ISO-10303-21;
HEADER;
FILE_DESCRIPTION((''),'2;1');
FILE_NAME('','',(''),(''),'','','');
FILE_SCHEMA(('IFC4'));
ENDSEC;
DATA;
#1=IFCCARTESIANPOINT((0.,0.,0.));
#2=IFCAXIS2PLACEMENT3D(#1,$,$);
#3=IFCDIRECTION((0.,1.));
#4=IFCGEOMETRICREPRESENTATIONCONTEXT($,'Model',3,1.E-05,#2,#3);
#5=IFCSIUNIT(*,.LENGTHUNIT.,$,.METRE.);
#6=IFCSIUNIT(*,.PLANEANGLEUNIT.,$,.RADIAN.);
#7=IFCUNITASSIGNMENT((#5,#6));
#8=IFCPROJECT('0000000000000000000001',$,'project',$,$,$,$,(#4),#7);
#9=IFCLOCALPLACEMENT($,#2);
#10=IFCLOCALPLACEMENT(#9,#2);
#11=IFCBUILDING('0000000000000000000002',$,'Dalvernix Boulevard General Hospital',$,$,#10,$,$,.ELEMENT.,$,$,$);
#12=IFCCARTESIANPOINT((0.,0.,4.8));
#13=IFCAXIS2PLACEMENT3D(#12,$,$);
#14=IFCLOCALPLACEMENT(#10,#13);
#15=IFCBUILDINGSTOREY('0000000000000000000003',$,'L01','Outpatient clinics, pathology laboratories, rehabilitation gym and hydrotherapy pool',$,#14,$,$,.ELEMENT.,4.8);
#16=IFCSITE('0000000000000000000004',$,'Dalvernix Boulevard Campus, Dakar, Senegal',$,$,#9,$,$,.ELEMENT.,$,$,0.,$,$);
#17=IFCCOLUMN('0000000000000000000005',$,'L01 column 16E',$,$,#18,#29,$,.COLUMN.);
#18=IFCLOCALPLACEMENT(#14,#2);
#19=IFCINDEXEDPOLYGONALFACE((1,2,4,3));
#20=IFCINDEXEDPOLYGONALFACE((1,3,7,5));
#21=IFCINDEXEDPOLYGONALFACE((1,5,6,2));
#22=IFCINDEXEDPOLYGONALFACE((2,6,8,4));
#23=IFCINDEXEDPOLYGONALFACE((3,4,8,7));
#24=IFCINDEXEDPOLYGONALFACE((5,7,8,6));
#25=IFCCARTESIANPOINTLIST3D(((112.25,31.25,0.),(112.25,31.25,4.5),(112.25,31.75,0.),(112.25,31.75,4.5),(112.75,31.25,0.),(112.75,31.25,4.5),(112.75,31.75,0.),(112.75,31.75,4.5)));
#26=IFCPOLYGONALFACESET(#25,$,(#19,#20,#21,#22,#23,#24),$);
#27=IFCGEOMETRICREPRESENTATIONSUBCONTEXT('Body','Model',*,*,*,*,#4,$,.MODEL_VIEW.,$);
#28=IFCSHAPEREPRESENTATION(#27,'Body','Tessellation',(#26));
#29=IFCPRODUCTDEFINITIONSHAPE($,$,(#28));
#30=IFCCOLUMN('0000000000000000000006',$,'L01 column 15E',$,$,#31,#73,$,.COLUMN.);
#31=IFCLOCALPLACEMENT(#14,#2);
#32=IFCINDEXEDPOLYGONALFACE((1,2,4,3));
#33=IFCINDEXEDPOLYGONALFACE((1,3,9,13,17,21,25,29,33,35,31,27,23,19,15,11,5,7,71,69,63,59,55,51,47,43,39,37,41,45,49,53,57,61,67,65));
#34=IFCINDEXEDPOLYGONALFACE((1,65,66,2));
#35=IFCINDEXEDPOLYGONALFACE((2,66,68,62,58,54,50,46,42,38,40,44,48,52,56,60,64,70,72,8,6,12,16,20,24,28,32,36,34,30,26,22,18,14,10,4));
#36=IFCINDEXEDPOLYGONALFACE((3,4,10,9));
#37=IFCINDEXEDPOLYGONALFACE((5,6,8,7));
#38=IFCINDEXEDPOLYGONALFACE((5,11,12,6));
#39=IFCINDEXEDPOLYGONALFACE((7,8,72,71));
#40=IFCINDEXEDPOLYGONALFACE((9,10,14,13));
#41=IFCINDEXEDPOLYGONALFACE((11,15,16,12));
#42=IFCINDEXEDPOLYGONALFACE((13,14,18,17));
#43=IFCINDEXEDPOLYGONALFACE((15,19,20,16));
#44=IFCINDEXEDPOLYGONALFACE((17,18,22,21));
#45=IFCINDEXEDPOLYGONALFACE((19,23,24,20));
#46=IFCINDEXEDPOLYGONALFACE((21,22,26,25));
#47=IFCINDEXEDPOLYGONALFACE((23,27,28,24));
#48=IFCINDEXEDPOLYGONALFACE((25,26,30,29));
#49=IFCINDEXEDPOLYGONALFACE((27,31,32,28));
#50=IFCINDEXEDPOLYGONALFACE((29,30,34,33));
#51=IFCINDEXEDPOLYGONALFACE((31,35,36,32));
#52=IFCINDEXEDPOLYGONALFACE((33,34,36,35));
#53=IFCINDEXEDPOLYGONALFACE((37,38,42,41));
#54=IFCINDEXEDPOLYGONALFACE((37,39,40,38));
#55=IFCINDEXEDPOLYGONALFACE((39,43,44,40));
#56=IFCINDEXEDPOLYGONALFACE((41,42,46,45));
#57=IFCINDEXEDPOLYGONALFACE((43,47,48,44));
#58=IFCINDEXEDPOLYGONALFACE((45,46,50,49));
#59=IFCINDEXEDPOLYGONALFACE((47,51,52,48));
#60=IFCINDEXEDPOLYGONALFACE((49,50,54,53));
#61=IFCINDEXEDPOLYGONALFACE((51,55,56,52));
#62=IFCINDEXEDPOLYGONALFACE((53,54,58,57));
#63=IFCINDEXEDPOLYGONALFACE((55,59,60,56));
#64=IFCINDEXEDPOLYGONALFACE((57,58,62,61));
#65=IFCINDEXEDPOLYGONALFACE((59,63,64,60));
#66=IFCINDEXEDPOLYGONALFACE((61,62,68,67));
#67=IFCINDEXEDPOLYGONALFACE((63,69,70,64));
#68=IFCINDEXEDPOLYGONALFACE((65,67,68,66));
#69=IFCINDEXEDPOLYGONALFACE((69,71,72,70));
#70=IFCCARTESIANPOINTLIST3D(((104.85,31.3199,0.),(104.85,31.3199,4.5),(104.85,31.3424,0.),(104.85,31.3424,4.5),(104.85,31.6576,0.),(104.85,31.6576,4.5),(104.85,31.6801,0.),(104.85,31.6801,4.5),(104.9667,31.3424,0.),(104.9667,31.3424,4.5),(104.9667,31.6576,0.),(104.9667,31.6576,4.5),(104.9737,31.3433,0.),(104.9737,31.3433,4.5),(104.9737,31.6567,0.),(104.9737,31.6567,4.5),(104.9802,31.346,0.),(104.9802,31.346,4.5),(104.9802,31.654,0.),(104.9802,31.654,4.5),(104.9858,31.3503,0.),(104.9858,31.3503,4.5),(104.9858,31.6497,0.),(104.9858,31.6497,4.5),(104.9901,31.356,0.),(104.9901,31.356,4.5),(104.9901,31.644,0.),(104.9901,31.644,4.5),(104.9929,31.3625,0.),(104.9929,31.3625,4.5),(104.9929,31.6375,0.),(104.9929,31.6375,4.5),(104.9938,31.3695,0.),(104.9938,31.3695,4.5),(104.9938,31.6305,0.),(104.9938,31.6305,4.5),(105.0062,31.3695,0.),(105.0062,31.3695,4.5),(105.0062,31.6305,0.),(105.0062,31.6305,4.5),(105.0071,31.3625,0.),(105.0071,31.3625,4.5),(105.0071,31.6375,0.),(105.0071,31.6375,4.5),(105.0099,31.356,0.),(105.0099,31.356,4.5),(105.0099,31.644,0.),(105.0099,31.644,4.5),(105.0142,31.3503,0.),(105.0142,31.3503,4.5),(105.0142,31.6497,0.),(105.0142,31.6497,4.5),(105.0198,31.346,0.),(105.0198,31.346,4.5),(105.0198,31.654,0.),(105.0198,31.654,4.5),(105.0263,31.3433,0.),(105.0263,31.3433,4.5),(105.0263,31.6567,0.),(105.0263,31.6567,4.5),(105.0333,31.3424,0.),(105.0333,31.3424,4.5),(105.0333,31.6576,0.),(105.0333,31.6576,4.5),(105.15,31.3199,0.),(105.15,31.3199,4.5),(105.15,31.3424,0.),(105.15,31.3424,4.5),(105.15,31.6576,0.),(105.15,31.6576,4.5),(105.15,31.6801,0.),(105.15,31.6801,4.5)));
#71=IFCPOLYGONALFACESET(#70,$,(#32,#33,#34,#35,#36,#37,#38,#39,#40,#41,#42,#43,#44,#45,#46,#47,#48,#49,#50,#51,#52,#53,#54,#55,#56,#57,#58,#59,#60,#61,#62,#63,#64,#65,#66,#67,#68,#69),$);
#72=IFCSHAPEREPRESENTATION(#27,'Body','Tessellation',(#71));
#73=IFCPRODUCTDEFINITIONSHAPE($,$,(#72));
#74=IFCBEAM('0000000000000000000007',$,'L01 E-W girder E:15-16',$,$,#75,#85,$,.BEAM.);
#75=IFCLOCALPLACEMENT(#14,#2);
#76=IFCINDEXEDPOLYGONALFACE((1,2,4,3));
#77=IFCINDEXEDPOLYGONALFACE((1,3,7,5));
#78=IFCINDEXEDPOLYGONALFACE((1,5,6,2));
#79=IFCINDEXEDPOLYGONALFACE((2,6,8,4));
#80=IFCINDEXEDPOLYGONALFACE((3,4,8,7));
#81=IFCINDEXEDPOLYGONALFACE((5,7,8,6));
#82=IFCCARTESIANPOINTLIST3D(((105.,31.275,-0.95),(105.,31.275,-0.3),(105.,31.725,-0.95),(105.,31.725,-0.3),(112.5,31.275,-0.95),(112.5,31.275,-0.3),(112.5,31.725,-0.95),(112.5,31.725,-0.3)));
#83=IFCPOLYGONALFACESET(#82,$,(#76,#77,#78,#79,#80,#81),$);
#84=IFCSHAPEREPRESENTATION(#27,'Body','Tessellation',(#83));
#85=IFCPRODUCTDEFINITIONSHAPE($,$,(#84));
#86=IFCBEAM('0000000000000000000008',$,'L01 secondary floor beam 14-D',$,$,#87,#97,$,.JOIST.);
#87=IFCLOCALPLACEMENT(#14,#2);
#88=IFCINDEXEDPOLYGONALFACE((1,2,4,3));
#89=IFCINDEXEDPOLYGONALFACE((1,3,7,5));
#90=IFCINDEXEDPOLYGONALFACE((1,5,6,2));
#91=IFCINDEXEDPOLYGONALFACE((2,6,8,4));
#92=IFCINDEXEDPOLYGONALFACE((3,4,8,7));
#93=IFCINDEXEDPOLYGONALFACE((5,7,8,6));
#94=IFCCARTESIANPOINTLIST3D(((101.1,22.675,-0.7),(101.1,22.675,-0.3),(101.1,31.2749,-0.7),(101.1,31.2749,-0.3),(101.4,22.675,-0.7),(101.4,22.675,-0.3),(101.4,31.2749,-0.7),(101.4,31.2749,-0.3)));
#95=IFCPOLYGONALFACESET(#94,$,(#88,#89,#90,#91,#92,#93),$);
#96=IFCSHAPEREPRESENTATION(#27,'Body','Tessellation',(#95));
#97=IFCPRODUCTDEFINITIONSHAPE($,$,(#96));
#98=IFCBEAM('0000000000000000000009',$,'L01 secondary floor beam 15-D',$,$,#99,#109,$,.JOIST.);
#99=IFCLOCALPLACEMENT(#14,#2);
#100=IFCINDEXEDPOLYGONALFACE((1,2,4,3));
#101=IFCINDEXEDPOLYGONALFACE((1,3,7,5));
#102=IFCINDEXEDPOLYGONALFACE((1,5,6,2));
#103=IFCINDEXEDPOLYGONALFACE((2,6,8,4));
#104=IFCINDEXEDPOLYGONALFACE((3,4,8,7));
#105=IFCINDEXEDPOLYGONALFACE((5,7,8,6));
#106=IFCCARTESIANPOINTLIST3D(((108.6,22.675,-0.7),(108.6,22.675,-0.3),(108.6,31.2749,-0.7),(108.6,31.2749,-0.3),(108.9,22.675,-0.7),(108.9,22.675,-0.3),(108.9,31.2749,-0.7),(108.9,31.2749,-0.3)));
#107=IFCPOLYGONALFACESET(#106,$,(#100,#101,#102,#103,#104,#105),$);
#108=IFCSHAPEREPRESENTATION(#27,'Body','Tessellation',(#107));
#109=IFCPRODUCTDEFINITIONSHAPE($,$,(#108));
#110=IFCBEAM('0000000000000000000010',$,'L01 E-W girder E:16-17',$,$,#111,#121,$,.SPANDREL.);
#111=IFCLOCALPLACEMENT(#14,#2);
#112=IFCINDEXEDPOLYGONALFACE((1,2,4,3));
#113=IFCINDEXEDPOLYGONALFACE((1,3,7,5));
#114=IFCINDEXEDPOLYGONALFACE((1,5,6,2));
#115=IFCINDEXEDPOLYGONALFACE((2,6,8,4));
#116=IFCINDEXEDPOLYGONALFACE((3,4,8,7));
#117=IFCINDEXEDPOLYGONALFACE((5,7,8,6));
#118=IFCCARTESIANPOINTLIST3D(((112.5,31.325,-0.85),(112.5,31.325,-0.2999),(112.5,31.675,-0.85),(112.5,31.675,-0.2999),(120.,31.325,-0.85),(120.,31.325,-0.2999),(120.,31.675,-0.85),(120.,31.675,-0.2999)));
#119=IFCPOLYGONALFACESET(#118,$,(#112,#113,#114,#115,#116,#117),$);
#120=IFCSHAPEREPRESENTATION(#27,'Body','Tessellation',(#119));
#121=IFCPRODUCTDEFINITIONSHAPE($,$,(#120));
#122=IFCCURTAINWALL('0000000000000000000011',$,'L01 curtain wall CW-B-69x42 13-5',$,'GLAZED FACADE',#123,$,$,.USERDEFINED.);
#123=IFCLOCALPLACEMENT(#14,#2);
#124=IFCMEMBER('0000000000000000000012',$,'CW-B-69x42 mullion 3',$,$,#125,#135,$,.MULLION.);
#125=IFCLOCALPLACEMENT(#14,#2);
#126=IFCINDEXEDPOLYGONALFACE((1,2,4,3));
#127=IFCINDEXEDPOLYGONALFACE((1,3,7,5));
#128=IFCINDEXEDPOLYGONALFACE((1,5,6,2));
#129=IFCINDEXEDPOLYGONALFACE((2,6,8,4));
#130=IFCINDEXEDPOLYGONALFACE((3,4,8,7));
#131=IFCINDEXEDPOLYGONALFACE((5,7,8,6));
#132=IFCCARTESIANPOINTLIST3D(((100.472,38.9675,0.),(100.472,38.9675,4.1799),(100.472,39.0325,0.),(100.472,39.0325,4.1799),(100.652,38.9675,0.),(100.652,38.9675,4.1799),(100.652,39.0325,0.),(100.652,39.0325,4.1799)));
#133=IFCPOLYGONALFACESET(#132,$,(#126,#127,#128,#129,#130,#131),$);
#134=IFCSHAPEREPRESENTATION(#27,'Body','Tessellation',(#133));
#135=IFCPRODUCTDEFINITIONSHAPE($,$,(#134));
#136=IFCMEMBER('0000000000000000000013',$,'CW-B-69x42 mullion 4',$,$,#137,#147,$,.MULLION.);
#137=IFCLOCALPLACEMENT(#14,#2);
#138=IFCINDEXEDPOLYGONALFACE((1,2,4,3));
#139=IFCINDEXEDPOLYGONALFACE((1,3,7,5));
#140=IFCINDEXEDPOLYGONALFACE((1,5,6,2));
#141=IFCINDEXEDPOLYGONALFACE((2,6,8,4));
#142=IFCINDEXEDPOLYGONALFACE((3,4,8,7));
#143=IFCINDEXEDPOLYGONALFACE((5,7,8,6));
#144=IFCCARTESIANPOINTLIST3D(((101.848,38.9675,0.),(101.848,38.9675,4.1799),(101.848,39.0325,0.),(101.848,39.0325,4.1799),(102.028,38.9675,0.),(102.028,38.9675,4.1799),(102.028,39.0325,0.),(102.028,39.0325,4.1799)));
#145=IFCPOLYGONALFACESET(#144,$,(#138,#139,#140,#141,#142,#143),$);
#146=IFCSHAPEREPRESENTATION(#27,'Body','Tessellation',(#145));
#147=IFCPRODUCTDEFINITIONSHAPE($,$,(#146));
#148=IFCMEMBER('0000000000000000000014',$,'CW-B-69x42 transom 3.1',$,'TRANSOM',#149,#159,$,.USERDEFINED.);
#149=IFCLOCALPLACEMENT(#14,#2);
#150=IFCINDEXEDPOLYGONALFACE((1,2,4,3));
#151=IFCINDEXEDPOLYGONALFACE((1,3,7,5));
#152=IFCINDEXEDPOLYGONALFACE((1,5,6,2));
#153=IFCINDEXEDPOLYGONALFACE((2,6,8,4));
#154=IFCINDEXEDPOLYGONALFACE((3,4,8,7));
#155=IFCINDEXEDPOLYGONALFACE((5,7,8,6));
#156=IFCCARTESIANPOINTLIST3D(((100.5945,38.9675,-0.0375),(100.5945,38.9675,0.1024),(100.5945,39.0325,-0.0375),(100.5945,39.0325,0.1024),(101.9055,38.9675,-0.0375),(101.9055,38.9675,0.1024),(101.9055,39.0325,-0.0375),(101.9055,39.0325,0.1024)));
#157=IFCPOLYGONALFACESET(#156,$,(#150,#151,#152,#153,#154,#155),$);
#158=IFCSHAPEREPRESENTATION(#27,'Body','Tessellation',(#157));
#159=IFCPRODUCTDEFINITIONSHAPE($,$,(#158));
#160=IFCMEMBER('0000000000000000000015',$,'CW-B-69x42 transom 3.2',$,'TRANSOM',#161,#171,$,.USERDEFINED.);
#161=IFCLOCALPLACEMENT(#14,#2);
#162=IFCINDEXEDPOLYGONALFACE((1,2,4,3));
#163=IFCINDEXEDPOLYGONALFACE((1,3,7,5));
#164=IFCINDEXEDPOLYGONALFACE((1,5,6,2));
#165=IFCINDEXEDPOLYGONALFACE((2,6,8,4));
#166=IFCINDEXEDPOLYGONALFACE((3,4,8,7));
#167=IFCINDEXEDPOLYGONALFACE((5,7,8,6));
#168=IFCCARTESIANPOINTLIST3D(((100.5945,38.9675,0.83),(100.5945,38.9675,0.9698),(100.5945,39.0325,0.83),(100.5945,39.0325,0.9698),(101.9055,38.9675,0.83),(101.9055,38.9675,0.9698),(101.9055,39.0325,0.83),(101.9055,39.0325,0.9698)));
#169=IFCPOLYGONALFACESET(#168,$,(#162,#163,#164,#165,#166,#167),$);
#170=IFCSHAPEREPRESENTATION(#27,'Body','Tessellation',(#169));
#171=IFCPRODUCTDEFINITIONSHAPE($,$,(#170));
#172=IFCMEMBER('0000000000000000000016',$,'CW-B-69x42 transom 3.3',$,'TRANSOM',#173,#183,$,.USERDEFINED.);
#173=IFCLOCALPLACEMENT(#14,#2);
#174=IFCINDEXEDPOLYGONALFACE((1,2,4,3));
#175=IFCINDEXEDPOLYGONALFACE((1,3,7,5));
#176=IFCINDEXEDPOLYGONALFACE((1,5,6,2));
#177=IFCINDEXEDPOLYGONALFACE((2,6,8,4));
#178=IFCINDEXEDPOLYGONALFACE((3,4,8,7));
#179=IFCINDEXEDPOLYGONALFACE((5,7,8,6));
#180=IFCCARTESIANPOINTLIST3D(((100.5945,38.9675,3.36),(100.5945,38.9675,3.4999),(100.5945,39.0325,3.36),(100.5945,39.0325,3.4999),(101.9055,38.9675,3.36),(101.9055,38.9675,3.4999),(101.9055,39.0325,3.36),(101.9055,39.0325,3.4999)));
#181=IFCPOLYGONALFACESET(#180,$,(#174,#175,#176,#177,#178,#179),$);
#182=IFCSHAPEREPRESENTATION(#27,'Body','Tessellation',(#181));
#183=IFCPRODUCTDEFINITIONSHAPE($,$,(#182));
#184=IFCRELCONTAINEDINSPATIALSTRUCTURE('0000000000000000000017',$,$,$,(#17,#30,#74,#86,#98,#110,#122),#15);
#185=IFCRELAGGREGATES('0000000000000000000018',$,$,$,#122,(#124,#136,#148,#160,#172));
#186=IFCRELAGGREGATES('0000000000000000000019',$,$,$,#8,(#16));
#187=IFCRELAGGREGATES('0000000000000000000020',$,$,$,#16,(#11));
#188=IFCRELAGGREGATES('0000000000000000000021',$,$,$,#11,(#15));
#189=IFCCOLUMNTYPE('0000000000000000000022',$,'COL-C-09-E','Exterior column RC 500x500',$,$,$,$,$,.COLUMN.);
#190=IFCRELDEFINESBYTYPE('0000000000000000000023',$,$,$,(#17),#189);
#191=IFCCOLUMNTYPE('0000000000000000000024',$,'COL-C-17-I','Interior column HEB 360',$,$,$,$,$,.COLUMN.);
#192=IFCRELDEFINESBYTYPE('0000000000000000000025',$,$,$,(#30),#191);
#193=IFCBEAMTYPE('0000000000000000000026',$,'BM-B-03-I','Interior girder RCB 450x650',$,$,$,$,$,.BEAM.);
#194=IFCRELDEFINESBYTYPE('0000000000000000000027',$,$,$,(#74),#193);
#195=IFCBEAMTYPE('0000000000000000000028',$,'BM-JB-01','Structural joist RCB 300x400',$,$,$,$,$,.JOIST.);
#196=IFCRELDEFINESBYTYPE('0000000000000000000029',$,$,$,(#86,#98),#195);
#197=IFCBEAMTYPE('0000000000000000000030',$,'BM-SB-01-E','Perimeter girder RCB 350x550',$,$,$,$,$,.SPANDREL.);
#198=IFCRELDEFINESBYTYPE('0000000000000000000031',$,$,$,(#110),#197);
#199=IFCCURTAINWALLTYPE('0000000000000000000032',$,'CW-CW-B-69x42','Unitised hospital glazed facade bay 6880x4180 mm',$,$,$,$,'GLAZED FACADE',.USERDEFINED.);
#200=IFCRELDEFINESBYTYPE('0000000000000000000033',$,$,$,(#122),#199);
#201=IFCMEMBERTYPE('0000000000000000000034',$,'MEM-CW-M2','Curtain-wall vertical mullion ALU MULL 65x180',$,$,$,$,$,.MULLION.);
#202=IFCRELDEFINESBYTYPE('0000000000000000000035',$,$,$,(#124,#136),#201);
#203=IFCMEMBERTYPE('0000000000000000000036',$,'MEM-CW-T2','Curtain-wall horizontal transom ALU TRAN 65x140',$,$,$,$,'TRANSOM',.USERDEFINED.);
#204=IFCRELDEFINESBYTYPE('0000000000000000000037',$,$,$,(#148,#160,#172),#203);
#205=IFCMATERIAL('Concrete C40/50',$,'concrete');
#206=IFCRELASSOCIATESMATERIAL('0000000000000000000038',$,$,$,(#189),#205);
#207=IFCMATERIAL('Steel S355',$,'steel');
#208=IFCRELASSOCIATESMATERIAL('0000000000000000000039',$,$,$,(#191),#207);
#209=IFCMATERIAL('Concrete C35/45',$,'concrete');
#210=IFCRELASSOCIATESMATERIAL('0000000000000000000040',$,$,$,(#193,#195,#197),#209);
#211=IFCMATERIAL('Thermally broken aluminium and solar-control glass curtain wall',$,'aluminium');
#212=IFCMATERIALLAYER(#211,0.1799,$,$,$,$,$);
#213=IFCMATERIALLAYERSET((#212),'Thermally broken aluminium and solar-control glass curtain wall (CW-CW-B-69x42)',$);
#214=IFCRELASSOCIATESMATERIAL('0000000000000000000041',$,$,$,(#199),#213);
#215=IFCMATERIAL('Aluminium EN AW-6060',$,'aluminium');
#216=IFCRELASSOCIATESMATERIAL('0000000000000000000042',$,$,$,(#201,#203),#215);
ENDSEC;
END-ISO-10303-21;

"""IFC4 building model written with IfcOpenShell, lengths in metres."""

from ifc_helpers import new_model, si_unit, direction, frame, origin, origin_2d, place, context, subcontext, project, spatial, rectangle, i_section, extrude, material, layer, layer_set, material_profile, profile_set, type_object, element, aggregate, save


model = new_model("IFC4")

# Units and contexts
model_context = context("Model", 3, precision=1e-05, world=origin(), true_north=direction((0.0, 1.0)))
body_context = subcontext(model_context, "Body", "Model", "MODEL_VIEW")
ifc_project = project(units=[si_unit("LENGTHUNIT", "METRE"), si_unit("PLANEANGLEUNIT", "RADIAN")], contexts=[model_context])

# Site, building, storey
site_placement = place(None, origin())
site = spatial("IfcSite", under=ifc_project, at=site_placement, Name="Dalvernix Boulevard Campus, Dakar, Senegal", CompositionType="ELEMENT", RefElevation=0.0)
building_placement = place(site_placement, origin())
building = spatial("IfcBuilding", under=site, at=building_placement, Name="Dalvernix Boulevard General Hospital", CompositionType="ELEMENT")
storey_placement = place(building_placement, frame((0.0, 0.0, 4.8)))
storey = spatial("IfcBuildingStorey", under=building, at=storey_placement, Name="L01", Description="Outpatient clinics, pathology laboratories, rehabilitation gym and hydrotherapy pool", CompositionType="ELEMENT", Elevation=4.8)

# Columns
ifc_material_1 = material(Name="Concrete C40/50", Category="concrete")
ifc_material_profile_1 = material_profile(ifc_material_1, rectangle(XDim=0.5, YDim=0.5, at=origin_2d()), Name="RC 500x500")
ifc_profile_set_1 = profile_set([ifc_material_profile_1], Name="Concrete C40/50")
column_type_1 = type_object("IfcColumnType", Name="COL-C-09-E", Description="Exterior column RC 500x500", PredefinedType="COLUMN", material=ifc_profile_set_1)
column_1_placement = place(storey_placement, frame((112.5, 31.5, 0.0), z_axis=(0.0, 0.0, 1.0), x_axis=(1.0, 0.0, 0.0)))
element("IfcColumn", 1, at=column_1_placement, inside=storey, type_object=column_type_1, Name="L01 column 16E", PredefinedType="COLUMN", context=body_context, shape_type="SweptSolid", body=[
    extrude(rectangle(XDim=0.5, YDim=0.5, at=origin_2d()), origin(), (0.0, 0.0, 1.0), 4.5),
])
ifc_material_2 = material(Name="Steel S355", Category="steel")
ifc_material_profile_2 = material_profile(ifc_material_2, i_section(OverallWidth=0.3, OverallDepth=0.3601, WebThickness=0.0125, FlangeThickness=0.0225, FilletRadius=0.0271, at=origin_2d()), Name="HEB 360")
ifc_profile_set_2 = profile_set([ifc_material_profile_2], Name="Steel S355")
column_type_2 = type_object("IfcColumnType", Name="COL-C-17-I", Description="Interior column HEB 360", PredefinedType="COLUMN", material=ifc_profile_set_2)
column_2_placement = place(storey_placement, frame((105.0, 31.5, 0.0), z_axis=(0.0, 0.0, 1.0), x_axis=(1.0, 0.0, 0.0)))
element("IfcColumn", 2, at=column_2_placement, inside=storey, type_object=column_type_2, Name="L01 column 15E", PredefinedType="COLUMN", context=body_context, shape_type="SweptSolid", body=[
    extrude(i_section(OverallWidth=0.3, OverallDepth=0.3601, WebThickness=0.0125, FlangeThickness=0.0225, FilletRadius=0.0271, at=origin_2d()), origin(), (0.0, 0.0, 1.0), 4.5),
])

# Beams
ifc_material_3 = material(Name="Concrete C35/45", Category="concrete")
ifc_material_profile_3 = material_profile(ifc_material_3, rectangle(XDim=0.45, YDim=0.6499, at=origin_2d()), Name="RCB 450x650")
ifc_profile_set_3 = profile_set([ifc_material_profile_3], Name="Concrete C35/45")
beam_type_1 = type_object("IfcBeamType", Name="BM-B-03-I", Description="Interior girder RCB 450x650", PredefinedType="BEAM", material=ifc_profile_set_3)
beam_1_placement = place(storey_placement, frame((105.0, 31.5, -0.625), z_axis=(1.0, 0.0, 0.0), x_axis=(0.0, 1.0, 0.0)))
element("IfcBeam", 3, at=beam_1_placement, inside=storey, type_object=beam_type_1, Name="L01 E-W girder E:15-16", PredefinedType="BEAM", context=body_context, shape_type="SweptSolid", body=[
    extrude(rectangle(XDim=0.45, YDim=0.6499, at=origin_2d()), origin(), (0.0, 0.0, 1.0), 7.5),
])
ifc_material_profile_4 = material_profile(ifc_material_3, rectangle(XDim=0.3, YDim=0.3999, at=origin_2d()), Name="RCB 300x400")
ifc_profile_set_4 = profile_set([ifc_material_profile_4], Name="Concrete C35/45")
beam_type_2 = type_object("IfcBeamType", Name="BM-JB-01", Description="Structural joist RCB 300x400", PredefinedType="JOIST", material=ifc_profile_set_4)
for number, where, z_axis, x_axis, name in (
    (4, (101.25, 22.675, -0.5), (0.0, 1.0, 0.0), (-1.0, 0.0, 0.0), "L01 secondary floor beam 14-D"),
    (5, (108.75, 22.675, -0.5), (0.0, 1.0, 0.0), (-1.0, 0.0, 0.0), "L01 secondary floor beam 15-D"),
):
    element("IfcBeam", number, at=place(storey_placement, frame(where, z_axis=z_axis, x_axis=x_axis)), inside=storey, type_object=beam_type_2, Name=name, PredefinedType="JOIST", context=body_context, shape_type="SweptSolid", body=[
        extrude(rectangle(XDim=0.3, YDim=0.3999, at=origin_2d()), origin(), (0.0, 0.0, 1.0), 8.5999),
    ])
ifc_material_profile_5 = material_profile(ifc_material_3, rectangle(XDim=0.3501, YDim=0.55, at=origin_2d()), Name="RCB 350x550")
ifc_profile_set_5 = profile_set([ifc_material_profile_5], Name="Concrete C35/45")
beam_type_3 = type_object("IfcBeamType", Name="BM-SB-01-E", Description="Perimeter girder RCB 350x550", PredefinedType="SPANDREL", material=ifc_profile_set_5)
beam_2_placement = place(storey_placement, frame((112.5, 31.5, -0.575), z_axis=(1.0, 0.0, 0.0), x_axis=(0.0, 1.0, 0.0)))
element("IfcBeam", 6, at=beam_2_placement, inside=storey, type_object=beam_type_3, Name="L01 E-W girder E:16-17", PredefinedType="SPANDREL", context=body_context, shape_type="SweptSolid", body=[
    extrude(rectangle(XDim=0.3501, YDim=0.55, at=origin_2d()), origin(), (0.0, 0.0, 1.0), 7.5),
])

# Curtain wall, members
ifc_material_4 = material(Name="Thermally broken aluminium and solar-control glass curtain wall", Category="aluminium")
ifc_layer_1 = layer(ifc_material_4, 0.1799)
ifc_layer_set_1 = layer_set([ifc_layer_1], Name="Thermally broken aluminium and solar-control glass curtain wall (CW-CW-B-69x42)")
curtain_wall_type = type_object("IfcCurtainWallType", Name="CW-CW-B-69x42", Description="Unitised hospital glazed facade bay 6880x4180 mm", ElementType="GLAZED FACADE", PredefinedType="USERDEFINED", material=ifc_layer_set_1)
curtain_wall_placement = place(storey_placement, origin())
curtain_wall = element("IfcCurtainWall", 7, at=curtain_wall_placement, inside=storey, type_object=curtain_wall_type, Name="L01 curtain wall CW-B-69x42 13-5", ObjectType="GLAZED FACADE", PredefinedType="USERDEFINED")
ifc_material_5 = material(Name="Aluminium EN AW-6060", Category="aluminium")
ifc_material_profile_6 = material_profile(ifc_material_5, rectangle(XDim=0.0649, YDim=0.1799, at=origin_2d()), Name="ALU MULL 65x180")
ifc_profile_set_6 = profile_set([ifc_material_profile_6], Name="Aluminium EN AW-6060")
member_type_1 = type_object("IfcMemberType", Name="MEM-CW-M2", Description="Curtain-wall vertical mullion ALU MULL 65x180", PredefinedType="MULLION", material=ifc_profile_set_6)
member_1_placement = place(storey_placement, frame((100.562, 39.0, 0.0), z_axis=(0.0, 0.0, 1.0), x_axis=(0.0, 1.0, 0.0)))
member_1 = element("IfcMember", 8, at=member_1_placement, type_object=member_type_1, Name="CW-B-69x42 mullion 3", PredefinedType="MULLION", context=body_context, shape_type="SweptSolid", body=[
    extrude(rectangle(XDim=0.0649, YDim=0.1799, at=origin_2d()), origin(), (0.0, 0.0, 1.0), 4.1799),
])
member_2_placement = place(storey_placement, frame((101.938, 39.0, 0.0), z_axis=(0.0, 0.0, 1.0), x_axis=(0.0, 1.0, 0.0)))
member_2 = element("IfcMember", 9, at=member_2_placement, type_object=member_type_1, Name="CW-B-69x42 mullion 4", PredefinedType="MULLION", context=body_context, shape_type="SweptSolid", body=[
    extrude(rectangle(XDim=0.0649, YDim=0.1799, at=origin_2d()), origin(), (0.0, 0.0, 1.0), 4.1799),
])
ifc_material_profile_7 = material_profile(ifc_material_5, rectangle(XDim=0.0649, YDim=0.1399, at=origin_2d()), Name="ALU TRAN 65x140")
ifc_profile_set_7 = profile_set([ifc_material_profile_7], Name="Aluminium EN AW-6060")
member_type_2 = type_object("IfcMemberType", Name="MEM-CW-T2", Description="Curtain-wall horizontal transom ALU TRAN 65x140", ElementType="TRANSOM", PredefinedType="USERDEFINED", material=ifc_profile_set_7)
member_3_placement = place(storey_placement, frame((100.5945, 39.0, 0.0325), z_axis=(1.0, 0.0, 0.0), x_axis=(0.0, 1.0, 0.0)))
member_3 = element("IfcMember", 10, at=member_3_placement, type_object=member_type_2, Name="CW-B-69x42 transom 3.1", ObjectType="TRANSOM", PredefinedType="USERDEFINED", context=body_context, shape_type="SweptSolid", body=[
    extrude(rectangle(XDim=0.0649, YDim=0.1399, at=origin_2d()), origin(), (0.0, 0.0, 1.0), 1.311),
])
member_4_placement = place(storey_placement, frame((100.5945, 39.0, 0.8999), z_axis=(1.0, 0.0, 0.0), x_axis=(0.0, 1.0, 0.0)))
member_4 = element("IfcMember", 11, at=member_4_placement, type_object=member_type_2, Name="CW-B-69x42 transom 3.2", ObjectType="TRANSOM", PredefinedType="USERDEFINED", context=body_context, shape_type="SweptSolid", body=[
    extrude(rectangle(XDim=0.0649, YDim=0.1399, at=origin_2d()), origin(), (0.0, 0.0, 1.0), 1.311),
])
member_5_placement = place(storey_placement, frame((100.5945, 39.0, 3.4299), z_axis=(1.0, 0.0, 0.0), x_axis=(0.0, 1.0, 0.0)))
member_5 = element("IfcMember", 12, at=member_5_placement, type_object=member_type_2, Name="CW-B-69x42 transom 3.3", ObjectType="TRANSOM", PredefinedType="USERDEFINED", context=body_context, shape_type="SweptSolid", body=[
    extrude(rectangle(XDim=0.0649, YDim=0.1399, at=origin_2d()), origin(), (0.0, 0.0, 1.0), 1.311),
])
aggregate(curtain_wall, [member_1, member_2, member_3, member_4, member_5])

save(model, "model.ifc")
